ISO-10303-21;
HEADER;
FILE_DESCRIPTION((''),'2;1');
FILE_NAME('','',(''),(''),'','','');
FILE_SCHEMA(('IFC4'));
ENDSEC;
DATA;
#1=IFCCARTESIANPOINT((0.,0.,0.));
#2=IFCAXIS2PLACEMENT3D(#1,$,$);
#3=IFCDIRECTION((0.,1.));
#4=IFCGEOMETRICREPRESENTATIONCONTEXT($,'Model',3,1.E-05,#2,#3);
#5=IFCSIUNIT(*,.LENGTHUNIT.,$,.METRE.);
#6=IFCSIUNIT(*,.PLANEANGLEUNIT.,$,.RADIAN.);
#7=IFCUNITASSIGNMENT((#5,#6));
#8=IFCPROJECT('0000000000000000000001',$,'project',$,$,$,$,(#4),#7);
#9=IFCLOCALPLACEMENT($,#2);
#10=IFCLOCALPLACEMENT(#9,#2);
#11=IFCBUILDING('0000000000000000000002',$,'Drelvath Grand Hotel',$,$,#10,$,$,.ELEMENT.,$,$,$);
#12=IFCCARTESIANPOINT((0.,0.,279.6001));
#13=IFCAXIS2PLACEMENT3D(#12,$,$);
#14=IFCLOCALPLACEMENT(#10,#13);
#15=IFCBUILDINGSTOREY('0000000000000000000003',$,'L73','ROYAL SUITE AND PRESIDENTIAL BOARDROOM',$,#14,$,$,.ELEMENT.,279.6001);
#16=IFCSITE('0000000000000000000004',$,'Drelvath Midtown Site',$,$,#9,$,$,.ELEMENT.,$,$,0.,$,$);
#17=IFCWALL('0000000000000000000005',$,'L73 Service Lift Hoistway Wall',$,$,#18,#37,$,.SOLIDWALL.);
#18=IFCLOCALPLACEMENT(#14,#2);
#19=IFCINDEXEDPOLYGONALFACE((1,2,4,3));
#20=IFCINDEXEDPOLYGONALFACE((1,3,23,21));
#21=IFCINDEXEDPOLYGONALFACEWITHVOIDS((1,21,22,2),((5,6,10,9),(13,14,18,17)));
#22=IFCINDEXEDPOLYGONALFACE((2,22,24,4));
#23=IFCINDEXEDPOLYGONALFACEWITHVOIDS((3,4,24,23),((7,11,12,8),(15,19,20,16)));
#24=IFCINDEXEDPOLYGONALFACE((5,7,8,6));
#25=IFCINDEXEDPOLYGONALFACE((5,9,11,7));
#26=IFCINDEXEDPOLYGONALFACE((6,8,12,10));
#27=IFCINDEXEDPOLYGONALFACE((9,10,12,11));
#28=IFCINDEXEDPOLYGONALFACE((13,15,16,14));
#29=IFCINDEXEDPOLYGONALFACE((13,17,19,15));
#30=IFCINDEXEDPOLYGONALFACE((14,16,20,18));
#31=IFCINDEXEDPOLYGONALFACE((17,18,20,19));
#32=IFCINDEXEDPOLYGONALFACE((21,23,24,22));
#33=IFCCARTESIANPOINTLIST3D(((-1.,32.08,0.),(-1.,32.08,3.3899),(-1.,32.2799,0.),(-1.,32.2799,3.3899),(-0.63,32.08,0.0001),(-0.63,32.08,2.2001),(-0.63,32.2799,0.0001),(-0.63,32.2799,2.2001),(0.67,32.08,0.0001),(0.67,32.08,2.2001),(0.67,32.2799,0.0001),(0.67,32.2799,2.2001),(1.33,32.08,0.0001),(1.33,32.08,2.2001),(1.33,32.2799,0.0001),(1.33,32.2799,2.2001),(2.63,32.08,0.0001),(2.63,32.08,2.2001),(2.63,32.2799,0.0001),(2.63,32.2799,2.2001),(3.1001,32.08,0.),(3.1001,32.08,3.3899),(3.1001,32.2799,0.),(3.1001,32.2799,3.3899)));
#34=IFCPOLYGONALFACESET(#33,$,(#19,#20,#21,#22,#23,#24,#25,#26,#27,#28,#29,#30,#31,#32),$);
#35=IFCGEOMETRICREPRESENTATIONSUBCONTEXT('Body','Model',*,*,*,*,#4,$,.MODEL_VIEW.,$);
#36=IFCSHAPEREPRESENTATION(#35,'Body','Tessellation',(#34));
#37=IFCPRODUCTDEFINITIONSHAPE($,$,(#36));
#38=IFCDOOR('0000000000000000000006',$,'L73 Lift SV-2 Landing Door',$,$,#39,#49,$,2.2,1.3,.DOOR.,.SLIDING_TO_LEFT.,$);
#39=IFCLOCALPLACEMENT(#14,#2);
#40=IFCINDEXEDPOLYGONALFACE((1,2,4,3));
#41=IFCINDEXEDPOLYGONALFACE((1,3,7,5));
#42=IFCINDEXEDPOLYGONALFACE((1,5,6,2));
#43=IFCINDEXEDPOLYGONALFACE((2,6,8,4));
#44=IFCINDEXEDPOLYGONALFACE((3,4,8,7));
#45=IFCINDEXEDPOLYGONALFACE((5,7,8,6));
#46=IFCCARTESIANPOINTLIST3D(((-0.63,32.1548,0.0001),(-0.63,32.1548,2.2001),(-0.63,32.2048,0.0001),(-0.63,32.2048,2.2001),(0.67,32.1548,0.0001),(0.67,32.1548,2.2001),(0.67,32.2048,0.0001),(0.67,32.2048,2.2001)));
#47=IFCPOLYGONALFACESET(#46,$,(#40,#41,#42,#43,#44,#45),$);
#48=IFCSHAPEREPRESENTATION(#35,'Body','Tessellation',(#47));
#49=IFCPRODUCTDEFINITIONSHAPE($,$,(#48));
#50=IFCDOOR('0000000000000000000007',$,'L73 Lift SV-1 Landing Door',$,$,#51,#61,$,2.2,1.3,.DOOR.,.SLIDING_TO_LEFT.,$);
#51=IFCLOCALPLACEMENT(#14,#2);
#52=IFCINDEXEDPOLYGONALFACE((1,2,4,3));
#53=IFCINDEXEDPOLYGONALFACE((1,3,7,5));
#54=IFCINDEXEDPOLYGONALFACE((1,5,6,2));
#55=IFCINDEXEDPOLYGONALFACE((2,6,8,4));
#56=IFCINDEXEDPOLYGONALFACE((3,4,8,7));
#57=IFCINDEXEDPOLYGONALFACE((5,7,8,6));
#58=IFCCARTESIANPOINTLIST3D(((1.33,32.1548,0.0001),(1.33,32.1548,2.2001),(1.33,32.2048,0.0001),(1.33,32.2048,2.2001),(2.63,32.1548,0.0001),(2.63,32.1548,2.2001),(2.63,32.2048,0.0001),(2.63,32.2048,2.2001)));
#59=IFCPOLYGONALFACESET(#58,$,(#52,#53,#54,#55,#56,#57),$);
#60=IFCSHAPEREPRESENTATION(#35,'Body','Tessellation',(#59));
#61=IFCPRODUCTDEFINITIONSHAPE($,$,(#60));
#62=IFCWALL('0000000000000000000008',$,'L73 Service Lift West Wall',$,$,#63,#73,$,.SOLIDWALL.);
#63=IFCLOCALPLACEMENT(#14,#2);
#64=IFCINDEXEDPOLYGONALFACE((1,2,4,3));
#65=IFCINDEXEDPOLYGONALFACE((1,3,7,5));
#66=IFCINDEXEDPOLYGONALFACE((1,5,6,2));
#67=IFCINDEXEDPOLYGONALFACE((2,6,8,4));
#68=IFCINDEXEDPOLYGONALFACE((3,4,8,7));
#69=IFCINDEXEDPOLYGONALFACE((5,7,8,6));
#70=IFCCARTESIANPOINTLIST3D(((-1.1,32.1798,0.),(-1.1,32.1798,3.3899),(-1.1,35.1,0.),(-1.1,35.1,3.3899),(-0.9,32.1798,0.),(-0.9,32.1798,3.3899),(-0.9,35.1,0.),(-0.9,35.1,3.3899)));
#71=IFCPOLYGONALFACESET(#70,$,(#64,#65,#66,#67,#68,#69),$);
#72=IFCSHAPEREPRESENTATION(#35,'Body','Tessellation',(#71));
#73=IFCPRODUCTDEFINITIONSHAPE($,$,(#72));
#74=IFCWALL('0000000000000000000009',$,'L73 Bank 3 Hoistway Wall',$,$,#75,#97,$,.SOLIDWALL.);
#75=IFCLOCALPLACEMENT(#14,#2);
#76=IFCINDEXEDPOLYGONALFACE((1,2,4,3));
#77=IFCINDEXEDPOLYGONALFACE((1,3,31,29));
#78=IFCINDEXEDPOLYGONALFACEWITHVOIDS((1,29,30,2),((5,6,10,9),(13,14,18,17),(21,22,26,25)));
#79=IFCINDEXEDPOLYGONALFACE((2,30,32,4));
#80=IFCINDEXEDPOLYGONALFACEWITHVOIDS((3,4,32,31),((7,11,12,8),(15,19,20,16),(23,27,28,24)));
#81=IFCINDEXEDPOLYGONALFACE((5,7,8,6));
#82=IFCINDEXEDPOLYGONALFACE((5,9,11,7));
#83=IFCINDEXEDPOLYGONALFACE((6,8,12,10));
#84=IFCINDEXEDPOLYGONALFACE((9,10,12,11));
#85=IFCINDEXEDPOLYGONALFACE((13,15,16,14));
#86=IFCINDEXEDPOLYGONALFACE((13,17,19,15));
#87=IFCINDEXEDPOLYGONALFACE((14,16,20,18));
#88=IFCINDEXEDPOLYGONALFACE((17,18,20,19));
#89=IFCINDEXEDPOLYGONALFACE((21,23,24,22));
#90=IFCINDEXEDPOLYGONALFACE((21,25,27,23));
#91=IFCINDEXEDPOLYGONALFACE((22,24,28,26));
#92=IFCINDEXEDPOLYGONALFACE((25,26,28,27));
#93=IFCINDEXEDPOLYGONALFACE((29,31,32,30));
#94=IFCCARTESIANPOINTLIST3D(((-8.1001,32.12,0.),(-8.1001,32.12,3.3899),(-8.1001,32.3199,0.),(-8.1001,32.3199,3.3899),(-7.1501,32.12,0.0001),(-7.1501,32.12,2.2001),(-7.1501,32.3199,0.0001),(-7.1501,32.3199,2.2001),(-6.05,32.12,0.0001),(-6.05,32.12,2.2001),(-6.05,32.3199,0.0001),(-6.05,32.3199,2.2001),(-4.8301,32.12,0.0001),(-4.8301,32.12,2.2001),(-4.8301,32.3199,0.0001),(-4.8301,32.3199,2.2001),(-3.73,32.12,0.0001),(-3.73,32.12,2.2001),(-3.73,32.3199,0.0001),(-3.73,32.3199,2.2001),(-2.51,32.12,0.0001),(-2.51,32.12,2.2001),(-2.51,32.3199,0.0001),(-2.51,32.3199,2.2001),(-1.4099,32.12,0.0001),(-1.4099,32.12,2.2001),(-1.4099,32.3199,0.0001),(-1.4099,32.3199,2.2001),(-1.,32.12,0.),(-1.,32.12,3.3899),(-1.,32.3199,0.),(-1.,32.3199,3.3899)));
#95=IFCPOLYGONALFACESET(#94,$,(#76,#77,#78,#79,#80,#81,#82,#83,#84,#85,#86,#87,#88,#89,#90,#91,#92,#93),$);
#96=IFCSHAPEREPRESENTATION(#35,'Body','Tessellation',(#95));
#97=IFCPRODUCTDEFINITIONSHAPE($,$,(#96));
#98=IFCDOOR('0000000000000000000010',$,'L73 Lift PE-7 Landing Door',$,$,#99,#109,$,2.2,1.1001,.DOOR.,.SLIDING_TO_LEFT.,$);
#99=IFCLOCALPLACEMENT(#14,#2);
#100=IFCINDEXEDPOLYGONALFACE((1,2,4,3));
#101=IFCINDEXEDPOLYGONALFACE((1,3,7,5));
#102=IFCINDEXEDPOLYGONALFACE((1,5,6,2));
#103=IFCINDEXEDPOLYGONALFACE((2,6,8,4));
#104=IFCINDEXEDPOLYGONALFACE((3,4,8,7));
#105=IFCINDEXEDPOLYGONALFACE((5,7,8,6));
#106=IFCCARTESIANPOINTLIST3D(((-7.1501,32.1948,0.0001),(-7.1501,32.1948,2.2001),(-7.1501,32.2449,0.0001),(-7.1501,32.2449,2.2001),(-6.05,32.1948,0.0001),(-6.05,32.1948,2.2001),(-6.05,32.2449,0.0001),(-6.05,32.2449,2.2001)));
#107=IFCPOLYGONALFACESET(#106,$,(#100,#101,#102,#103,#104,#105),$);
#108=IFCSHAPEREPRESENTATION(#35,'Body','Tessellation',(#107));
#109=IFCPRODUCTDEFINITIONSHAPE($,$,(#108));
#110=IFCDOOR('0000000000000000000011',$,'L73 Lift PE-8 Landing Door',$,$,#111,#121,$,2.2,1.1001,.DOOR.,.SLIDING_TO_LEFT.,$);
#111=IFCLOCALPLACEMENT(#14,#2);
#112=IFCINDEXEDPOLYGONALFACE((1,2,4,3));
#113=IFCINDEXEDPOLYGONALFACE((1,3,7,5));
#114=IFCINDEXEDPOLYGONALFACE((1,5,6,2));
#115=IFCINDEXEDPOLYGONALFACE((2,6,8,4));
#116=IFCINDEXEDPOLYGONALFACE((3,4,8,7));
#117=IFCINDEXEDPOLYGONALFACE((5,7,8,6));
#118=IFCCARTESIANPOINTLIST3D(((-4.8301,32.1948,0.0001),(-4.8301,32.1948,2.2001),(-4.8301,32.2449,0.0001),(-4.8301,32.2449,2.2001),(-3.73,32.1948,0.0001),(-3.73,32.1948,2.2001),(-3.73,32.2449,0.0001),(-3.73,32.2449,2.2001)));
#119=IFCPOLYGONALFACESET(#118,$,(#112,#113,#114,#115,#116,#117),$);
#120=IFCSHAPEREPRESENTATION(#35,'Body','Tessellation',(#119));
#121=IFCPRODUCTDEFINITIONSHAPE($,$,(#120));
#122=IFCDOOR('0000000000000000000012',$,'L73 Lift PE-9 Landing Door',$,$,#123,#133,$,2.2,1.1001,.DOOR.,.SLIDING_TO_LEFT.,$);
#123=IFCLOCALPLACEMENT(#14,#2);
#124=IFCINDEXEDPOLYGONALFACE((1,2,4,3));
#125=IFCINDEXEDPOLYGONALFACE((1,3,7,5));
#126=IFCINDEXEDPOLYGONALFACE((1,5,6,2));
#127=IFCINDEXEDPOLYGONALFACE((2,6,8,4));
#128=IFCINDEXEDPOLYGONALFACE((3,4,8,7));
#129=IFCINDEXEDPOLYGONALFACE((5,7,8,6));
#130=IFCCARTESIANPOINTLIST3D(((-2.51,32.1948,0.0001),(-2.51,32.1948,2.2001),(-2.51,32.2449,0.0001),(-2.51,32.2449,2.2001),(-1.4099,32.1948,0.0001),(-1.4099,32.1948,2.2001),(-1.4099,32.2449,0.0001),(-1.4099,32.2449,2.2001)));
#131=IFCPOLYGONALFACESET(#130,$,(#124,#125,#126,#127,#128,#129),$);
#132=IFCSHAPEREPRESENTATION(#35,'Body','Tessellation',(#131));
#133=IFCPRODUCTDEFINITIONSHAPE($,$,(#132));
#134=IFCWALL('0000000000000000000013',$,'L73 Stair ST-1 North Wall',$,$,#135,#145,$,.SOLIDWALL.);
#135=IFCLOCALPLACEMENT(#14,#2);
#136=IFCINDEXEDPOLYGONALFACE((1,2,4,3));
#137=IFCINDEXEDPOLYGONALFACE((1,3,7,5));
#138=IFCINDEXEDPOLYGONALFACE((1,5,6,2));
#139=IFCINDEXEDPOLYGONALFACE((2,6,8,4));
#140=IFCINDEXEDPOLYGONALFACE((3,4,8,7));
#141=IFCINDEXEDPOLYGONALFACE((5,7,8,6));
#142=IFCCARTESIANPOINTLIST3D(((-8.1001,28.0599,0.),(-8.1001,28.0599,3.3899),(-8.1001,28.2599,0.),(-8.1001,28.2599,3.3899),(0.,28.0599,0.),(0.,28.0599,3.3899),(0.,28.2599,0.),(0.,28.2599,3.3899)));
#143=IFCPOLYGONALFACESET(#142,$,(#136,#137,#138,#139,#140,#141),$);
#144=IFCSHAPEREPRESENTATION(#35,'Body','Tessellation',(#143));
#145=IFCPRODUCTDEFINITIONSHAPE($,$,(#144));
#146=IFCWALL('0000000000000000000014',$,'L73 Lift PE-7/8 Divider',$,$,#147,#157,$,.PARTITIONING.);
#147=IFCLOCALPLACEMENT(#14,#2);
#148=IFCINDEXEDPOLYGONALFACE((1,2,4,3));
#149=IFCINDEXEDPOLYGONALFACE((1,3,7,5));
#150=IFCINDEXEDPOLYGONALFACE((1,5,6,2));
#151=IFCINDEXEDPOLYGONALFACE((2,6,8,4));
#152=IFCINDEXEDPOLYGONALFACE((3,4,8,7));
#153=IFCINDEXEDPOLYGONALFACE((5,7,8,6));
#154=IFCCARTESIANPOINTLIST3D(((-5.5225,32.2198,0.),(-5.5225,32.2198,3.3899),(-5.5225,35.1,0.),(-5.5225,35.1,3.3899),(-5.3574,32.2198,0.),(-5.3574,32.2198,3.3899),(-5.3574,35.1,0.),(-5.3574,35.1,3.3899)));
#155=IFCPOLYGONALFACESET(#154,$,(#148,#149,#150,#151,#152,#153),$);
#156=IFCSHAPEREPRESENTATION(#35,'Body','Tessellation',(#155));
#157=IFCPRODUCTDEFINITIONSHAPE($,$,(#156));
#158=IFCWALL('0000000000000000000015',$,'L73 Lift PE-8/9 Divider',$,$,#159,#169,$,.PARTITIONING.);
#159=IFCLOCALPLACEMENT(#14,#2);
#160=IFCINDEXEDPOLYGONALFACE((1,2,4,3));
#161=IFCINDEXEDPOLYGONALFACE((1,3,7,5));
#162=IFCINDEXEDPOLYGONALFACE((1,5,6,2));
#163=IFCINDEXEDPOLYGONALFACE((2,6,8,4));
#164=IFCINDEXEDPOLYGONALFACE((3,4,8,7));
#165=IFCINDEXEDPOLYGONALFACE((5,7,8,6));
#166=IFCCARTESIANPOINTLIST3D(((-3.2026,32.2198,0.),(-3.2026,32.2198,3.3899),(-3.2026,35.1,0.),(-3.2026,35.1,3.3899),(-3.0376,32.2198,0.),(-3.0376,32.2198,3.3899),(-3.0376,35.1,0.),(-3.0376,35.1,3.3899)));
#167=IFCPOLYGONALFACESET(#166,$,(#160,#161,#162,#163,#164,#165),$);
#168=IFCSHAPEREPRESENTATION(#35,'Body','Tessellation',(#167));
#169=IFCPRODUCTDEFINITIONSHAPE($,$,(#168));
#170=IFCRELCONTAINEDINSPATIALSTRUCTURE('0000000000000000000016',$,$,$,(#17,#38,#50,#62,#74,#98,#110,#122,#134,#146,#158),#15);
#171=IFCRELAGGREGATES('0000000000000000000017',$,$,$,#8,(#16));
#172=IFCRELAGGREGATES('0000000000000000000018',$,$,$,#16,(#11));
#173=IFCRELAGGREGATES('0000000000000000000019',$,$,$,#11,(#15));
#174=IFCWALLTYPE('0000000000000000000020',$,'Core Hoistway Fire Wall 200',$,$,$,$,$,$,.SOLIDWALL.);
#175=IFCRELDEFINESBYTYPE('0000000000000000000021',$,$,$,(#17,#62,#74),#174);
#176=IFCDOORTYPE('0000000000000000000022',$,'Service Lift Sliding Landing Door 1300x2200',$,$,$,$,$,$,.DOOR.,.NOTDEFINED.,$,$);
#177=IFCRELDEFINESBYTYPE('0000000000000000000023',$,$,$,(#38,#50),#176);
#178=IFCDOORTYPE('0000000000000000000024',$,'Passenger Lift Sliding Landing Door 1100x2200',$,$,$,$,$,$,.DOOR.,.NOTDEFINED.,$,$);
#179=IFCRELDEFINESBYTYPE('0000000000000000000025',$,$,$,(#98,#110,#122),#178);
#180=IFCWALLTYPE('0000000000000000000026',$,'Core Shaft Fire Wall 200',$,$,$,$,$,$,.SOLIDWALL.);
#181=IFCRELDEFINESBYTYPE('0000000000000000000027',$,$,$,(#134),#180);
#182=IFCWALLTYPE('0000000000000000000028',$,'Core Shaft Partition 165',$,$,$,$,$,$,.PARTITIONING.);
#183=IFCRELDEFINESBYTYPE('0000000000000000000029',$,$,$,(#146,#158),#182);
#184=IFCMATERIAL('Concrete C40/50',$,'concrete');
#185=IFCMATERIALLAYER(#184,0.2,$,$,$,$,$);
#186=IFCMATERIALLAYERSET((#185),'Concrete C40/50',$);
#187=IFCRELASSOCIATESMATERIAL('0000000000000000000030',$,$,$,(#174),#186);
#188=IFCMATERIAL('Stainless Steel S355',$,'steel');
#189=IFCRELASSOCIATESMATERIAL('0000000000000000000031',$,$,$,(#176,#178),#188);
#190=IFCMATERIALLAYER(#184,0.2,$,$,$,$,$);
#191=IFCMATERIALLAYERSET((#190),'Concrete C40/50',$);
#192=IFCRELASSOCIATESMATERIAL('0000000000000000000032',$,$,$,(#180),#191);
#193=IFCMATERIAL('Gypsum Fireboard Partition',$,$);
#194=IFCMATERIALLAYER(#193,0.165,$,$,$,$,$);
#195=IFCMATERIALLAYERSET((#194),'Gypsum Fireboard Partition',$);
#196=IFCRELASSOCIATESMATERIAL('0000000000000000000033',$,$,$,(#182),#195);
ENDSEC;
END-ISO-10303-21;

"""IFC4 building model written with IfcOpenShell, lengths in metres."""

from ifc_helpers import new_model, si_unit, direction, frame, frame_2d, origin, place, context, subcontext, project, spatial, rectangle, extrude, material, layer, layer_set, type_object, element, fill, save


model = new_model("IFC4")

# Units and contexts
model_context = context("Model", 3, precision=1e-05, world=origin(), true_north=direction((0.0, 1.0)))
body_context = subcontext(model_context, "Body", "Model", "MODEL_VIEW")
ifc_project = project(units=[si_unit("LENGTHUNIT", "METRE"), si_unit("PLANEANGLEUNIT", "RADIAN")], contexts=[model_context])

# Site, building, storey
site_placement = place(None, origin())
site = spatial("IfcSite", under=ifc_project, at=site_placement, Name="Drelvath Midtown Site", CompositionType="ELEMENT", RefElevation=0.0)
building_placement = place(site_placement, origin())
building = spatial("IfcBuilding", under=site, at=building_placement, Name="Drelvath Grand Hotel", CompositionType="ELEMENT")
storey_placement = place(building_placement, frame((0.0, 0.0, 279.6001)))
storey = spatial("IfcBuildingStorey", under=building, at=storey_placement, Name="L73", Description="ROYAL SUITE AND PRESIDENTIAL BOARDROOM", CompositionType="ELEMENT", Elevation=279.6001)

# Wall, openings, doors
ifc_material_1 = material(Name="Concrete C40/50", Category="concrete")
ifc_layer_1 = layer(ifc_material_1, 0.2)
ifc_layer_set_1 = layer_set([ifc_layer_1], Name="Concrete C40/50")
wall_type_1 = type_object("IfcWallType", Name="Core Hoistway Fire Wall 200", PredefinedType="SOLIDWALL", material=ifc_layer_set_1)
wall_1_placement = place(storey_placement, frame((-1.0, 32.1799, 0.0), z_axis=(0.0, 0.0, 1.0), x_axis=(1.0, 0.0, 0.0)))
wall_1 = element("IfcWall", 1, at=wall_1_placement, inside=storey, type_object=wall_type_1, Name="L73 Service Lift Hoistway Wall", PredefinedType="SOLIDWALL", context=body_context, shape_type="SweptSolid", body=[
    extrude(rectangle(XDim=4.1001, YDim=0.2, at=frame_2d((2.05, 0.0))), origin(), (0.0, 0.0, 1.0), 3.3899),
])
opening_1_placement = place(wall_1_placement, frame((0.3701, 0.0, 0.0)))
opening_1 = element("IfcOpeningElement", 2, at=opening_1_placement, cuts=wall_1, PredefinedType="OPENING", context=body_context, shape_type="SweptSolid", body=[
    extrude(rectangle(XDim=1.3, YDim=2.2, at=frame_2d((0.6499, 1.1001))), frame((0.0, 0.1099, 0.0), z_axis=(0.0, -1.0, 0.0), x_axis=(1.0, 0.0, 0.0)), (0.0, 0.0, 1.0), 0.22),
])
opening_2_placement = place(wall_1_placement, frame((2.3301, 0.0, 0.0)))
opening_2 = element("IfcOpeningElement", 3, at=opening_2_placement, cuts=wall_1, PredefinedType="OPENING", context=body_context, shape_type="SweptSolid", body=[
    extrude(rectangle(XDim=1.3, YDim=2.2, at=frame_2d((0.6499, 1.1001))), frame((0.0, 0.1099, 0.0), z_axis=(0.0, -1.0, 0.0), x_axis=(1.0, 0.0, 0.0)), (0.0, 0.0, 1.0), 0.22),
])
ifc_material_2 = material(Name="Stainless Steel S355", Category="steel")
door_type_1 = type_object("IfcDoorType", Name="Service Lift Sliding Landing Door 1300x2200", OperationType="NOTDEFINED", PredefinedType="DOOR", material=ifc_material_2)
door_1_placement = place(opening_1_placement, origin())
door_1 = element("IfcDoor", 4, at=door_1_placement, inside=storey, type_object=door_type_1, Name="L73 Lift SV-2 Landing Door", OperationType="SLIDING_TO_LEFT", OverallHeight=2.2, OverallWidth=1.3, PredefinedType="DOOR", context=body_context, shape_type="SweptSolid", body=[
    extrude(rectangle(XDim=1.3, YDim=2.2, at=frame_2d((0.6499, 1.1001))), frame((0.0, 0.0249, 0.0), z_axis=(0.0, -1.0, 0.0), x_axis=(1.0, 0.0, 0.0)), (0.0, 0.0, 1.0), 0.05),
])
fill(opening_1, door_1)
door_2_placement = place(opening_2_placement, origin())
door_2 = element("IfcDoor", 5, at=door_2_placement, inside=storey, type_object=door_type_1, Name="L73 Lift SV-1 Landing Door", OperationType="SLIDING_TO_LEFT", OverallHeight=2.2, OverallWidth=1.3, PredefinedType="DOOR", context=body_context, shape_type="SweptSolid", body=[
    extrude(rectangle(XDim=1.3, YDim=2.2, at=frame_2d((0.6499, 1.1001))), frame((0.0, 0.0249, 0.0), z_axis=(0.0, -1.0, 0.0), x_axis=(1.0, 0.0, 0.0)), (0.0, 0.0, 1.0), 0.05),
])
fill(opening_2, door_2)

# Wall
wall_2_placement = place(storey_placement, frame((-1.0, 32.1799, 0.0), z_axis=(0.0, 0.0, 1.0), x_axis=(0.0, 1.0, 0.0)))
element("IfcWall", 6, at=wall_2_placement, inside=storey, type_object=wall_type_1, Name="L73 Service Lift West Wall", PredefinedType="SOLIDWALL", context=body_context, shape_type="SweptSolid", body=[
    extrude(rectangle(XDim=2.9202, YDim=0.2, at=frame_2d((1.46, 0.0))), origin(), (0.0, 0.0, 1.0), 3.3899),
])

# Wall, openings, doors
wall_3_placement = place(storey_placement, frame((-8.1001, 32.22, 0.0), z_axis=(0.0, 0.0, 1.0), x_axis=(1.0, 0.0, 0.0)))
wall_3 = element("IfcWall", 7, at=wall_3_placement, inside=storey, type_object=wall_type_1, Name="L73 Bank 3 Hoistway Wall", PredefinedType="SOLIDWALL", context=body_context, shape_type="SweptSolid", body=[
    extrude(rectangle(XDim=7.1001, YDim=0.2, at=frame_2d((3.55, 0.0))), origin(), (0.0, 0.0, 1.0), 3.3899),
])
opening_3_placement = place(wall_3_placement, frame((0.95, 0.0, 0.0)))
opening_3 = element("IfcOpeningElement", 8, at=opening_3_placement, cuts=wall_3, PredefinedType="OPENING", context=body_context, shape_type="SweptSolid", body=[
    extrude(rectangle(XDim=1.1001, YDim=2.2, at=frame_2d((0.55, 1.1001))), frame((0.0, 0.1099, 0.0), z_axis=(0.0, -1.0, 0.0), x_axis=(1.0, 0.0, 0.0)), (0.0, 0.0, 1.0), 0.22),
])
opening_4_placement = place(wall_3_placement, frame((3.27, 0.0, 0.0)))
opening_4 = element("IfcOpeningElement", 9, at=opening_4_placement, cuts=wall_3, PredefinedType="OPENING", context=body_context, shape_type="SweptSolid", body=[
    extrude(rectangle(XDim=1.1001, YDim=2.2, at=frame_2d((0.55, 1.1001))), frame((0.0, 0.1099, 0.0), z_axis=(0.0, -1.0, 0.0), x_axis=(1.0, 0.0, 0.0)), (0.0, 0.0, 1.0), 0.22),
])
opening_5_placement = place(wall_3_placement, frame((5.5901, 0.0, 0.0)))
opening_5 = element("IfcOpeningElement", 10, at=opening_5_placement, cuts=wall_3, PredefinedType="OPENING", context=body_context, shape_type="SweptSolid", body=[
    extrude(rectangle(XDim=1.1001, YDim=2.2, at=frame_2d((0.55, 1.1001))), frame((0.0, 0.1099, 0.0), z_axis=(0.0, -1.0, 0.0), x_axis=(1.0, 0.0, 0.0)), (0.0, 0.0, 1.0), 0.22),
])
door_type_2 = type_object("IfcDoorType", Name="Passenger Lift Sliding Landing Door 1100x2200", OperationType="NOTDEFINED", PredefinedType="DOOR", material=ifc_material_2)
door_3_placement = place(opening_3_placement, origin())
door_3 = element("IfcDoor", 11, at=door_3_placement, inside=storey, type_object=door_type_2, Name="L73 Lift PE-7 Landing Door", OperationType="SLIDING_TO_LEFT", OverallHeight=2.2, OverallWidth=1.1001, PredefinedType="DOOR", context=body_context, shape_type="SweptSolid", body=[
    extrude(rectangle(XDim=1.1001, YDim=2.2, at=frame_2d((0.55, 1.1001))), frame((0.0, 0.0249, 0.0), z_axis=(0.0, -1.0, 0.0), x_axis=(1.0, 0.0, 0.0)), (0.0, 0.0, 1.0), 0.05),
])
fill(opening_3, door_3)
door_4_placement = place(opening_4_placement, origin())
door_4 = element("IfcDoor", 12, at=door_4_placement, inside=storey, type_object=door_type_2, Name="L73 Lift PE-8 Landing Door", OperationType="SLIDING_TO_LEFT", OverallHeight=2.2, OverallWidth=1.1001, PredefinedType="DOOR", context=body_context, shape_type="SweptSolid", body=[
    extrude(rectangle(XDim=1.1001, YDim=2.2, at=frame_2d((0.55, 1.1001))), frame((0.0, 0.0249, 0.0), z_axis=(0.0, -1.0, 0.0), x_axis=(1.0, 0.0, 0.0)), (0.0, 0.0, 1.0), 0.05),
])
fill(opening_4, door_4)
door_5_placement = place(opening_5_placement, origin())
door_5 = element("IfcDoor", 13, at=door_5_placement, inside=storey, type_object=door_type_2, Name="L73 Lift PE-9 Landing Door", OperationType="SLIDING_TO_LEFT", OverallHeight=2.2, OverallWidth=1.1001, PredefinedType="DOOR", context=body_context, shape_type="SweptSolid", body=[
    extrude(rectangle(XDim=1.1001, YDim=2.2, at=frame_2d((0.55, 1.1001))), frame((0.0, 0.0249, 0.0), z_axis=(0.0, -1.0, 0.0), x_axis=(1.0, 0.0, 0.0)), (0.0, 0.0, 1.0), 0.05),
])
fill(opening_5, door_5)

# Walls
ifc_layer_2 = layer(ifc_material_1, 0.2)
ifc_layer_set_2 = layer_set([ifc_layer_2], Name="Concrete C40/50")
wall_type_2 = type_object("IfcWallType", Name="Core Shaft Fire Wall 200", PredefinedType="SOLIDWALL", material=ifc_layer_set_2)
wall_4_placement = place(storey_placement, frame((-8.1001, 28.1599, 0.0), z_axis=(0.0, 0.0, 1.0), x_axis=(1.0, 0.0, 0.0)))
element("IfcWall", 14, at=wall_4_placement, inside=storey, type_object=wall_type_2, Name="L73 Stair ST-1 North Wall", PredefinedType="SOLIDWALL", context=body_context, shape_type="SweptSolid", body=[
    extrude(rectangle(XDim=8.1001, YDim=0.2, at=frame_2d((4.05, 0.0))), origin(), (0.0, 0.0, 1.0), 3.3899),
])
ifc_material_3 = material(Name="Gypsum Fireboard Partition")
ifc_layer_3 = layer(ifc_material_3, 0.165)
ifc_layer_set_3 = layer_set([ifc_layer_3], Name="Gypsum Fireboard Partition")
wall_type_3 = type_object("IfcWallType", Name="Core Shaft Partition 165", PredefinedType="PARTITIONING", material=ifc_layer_set_3)
for number, where, z_axis, x_axis, name in (
    (15, (-5.4399, 32.22, 0.0), (0.0, 0.0, 1.0), (0.0, 1.0, 0.0), "L73 Lift PE-7/8 Divider"),
    (16, (-3.1201, 32.22, 0.0), (0.0, 0.0, 1.0), (0.0, 1.0, 0.0), "L73 Lift PE-8/9 Divider"),
):
    element("IfcWall", number, at=place(storey_placement, frame(where, z_axis=z_axis, x_axis=x_axis)), inside=storey, type_object=wall_type_3, Name=name, PredefinedType="PARTITIONING", context=body_context, shape_type="SweptSolid", body=[
        extrude(rectangle(XDim=2.8801, YDim=0.165, at=frame_2d((1.4399, 0.0))), origin(), (0.0, 0.0, 1.0), 3.3899),
    ])

save(model, "model.ifc")
